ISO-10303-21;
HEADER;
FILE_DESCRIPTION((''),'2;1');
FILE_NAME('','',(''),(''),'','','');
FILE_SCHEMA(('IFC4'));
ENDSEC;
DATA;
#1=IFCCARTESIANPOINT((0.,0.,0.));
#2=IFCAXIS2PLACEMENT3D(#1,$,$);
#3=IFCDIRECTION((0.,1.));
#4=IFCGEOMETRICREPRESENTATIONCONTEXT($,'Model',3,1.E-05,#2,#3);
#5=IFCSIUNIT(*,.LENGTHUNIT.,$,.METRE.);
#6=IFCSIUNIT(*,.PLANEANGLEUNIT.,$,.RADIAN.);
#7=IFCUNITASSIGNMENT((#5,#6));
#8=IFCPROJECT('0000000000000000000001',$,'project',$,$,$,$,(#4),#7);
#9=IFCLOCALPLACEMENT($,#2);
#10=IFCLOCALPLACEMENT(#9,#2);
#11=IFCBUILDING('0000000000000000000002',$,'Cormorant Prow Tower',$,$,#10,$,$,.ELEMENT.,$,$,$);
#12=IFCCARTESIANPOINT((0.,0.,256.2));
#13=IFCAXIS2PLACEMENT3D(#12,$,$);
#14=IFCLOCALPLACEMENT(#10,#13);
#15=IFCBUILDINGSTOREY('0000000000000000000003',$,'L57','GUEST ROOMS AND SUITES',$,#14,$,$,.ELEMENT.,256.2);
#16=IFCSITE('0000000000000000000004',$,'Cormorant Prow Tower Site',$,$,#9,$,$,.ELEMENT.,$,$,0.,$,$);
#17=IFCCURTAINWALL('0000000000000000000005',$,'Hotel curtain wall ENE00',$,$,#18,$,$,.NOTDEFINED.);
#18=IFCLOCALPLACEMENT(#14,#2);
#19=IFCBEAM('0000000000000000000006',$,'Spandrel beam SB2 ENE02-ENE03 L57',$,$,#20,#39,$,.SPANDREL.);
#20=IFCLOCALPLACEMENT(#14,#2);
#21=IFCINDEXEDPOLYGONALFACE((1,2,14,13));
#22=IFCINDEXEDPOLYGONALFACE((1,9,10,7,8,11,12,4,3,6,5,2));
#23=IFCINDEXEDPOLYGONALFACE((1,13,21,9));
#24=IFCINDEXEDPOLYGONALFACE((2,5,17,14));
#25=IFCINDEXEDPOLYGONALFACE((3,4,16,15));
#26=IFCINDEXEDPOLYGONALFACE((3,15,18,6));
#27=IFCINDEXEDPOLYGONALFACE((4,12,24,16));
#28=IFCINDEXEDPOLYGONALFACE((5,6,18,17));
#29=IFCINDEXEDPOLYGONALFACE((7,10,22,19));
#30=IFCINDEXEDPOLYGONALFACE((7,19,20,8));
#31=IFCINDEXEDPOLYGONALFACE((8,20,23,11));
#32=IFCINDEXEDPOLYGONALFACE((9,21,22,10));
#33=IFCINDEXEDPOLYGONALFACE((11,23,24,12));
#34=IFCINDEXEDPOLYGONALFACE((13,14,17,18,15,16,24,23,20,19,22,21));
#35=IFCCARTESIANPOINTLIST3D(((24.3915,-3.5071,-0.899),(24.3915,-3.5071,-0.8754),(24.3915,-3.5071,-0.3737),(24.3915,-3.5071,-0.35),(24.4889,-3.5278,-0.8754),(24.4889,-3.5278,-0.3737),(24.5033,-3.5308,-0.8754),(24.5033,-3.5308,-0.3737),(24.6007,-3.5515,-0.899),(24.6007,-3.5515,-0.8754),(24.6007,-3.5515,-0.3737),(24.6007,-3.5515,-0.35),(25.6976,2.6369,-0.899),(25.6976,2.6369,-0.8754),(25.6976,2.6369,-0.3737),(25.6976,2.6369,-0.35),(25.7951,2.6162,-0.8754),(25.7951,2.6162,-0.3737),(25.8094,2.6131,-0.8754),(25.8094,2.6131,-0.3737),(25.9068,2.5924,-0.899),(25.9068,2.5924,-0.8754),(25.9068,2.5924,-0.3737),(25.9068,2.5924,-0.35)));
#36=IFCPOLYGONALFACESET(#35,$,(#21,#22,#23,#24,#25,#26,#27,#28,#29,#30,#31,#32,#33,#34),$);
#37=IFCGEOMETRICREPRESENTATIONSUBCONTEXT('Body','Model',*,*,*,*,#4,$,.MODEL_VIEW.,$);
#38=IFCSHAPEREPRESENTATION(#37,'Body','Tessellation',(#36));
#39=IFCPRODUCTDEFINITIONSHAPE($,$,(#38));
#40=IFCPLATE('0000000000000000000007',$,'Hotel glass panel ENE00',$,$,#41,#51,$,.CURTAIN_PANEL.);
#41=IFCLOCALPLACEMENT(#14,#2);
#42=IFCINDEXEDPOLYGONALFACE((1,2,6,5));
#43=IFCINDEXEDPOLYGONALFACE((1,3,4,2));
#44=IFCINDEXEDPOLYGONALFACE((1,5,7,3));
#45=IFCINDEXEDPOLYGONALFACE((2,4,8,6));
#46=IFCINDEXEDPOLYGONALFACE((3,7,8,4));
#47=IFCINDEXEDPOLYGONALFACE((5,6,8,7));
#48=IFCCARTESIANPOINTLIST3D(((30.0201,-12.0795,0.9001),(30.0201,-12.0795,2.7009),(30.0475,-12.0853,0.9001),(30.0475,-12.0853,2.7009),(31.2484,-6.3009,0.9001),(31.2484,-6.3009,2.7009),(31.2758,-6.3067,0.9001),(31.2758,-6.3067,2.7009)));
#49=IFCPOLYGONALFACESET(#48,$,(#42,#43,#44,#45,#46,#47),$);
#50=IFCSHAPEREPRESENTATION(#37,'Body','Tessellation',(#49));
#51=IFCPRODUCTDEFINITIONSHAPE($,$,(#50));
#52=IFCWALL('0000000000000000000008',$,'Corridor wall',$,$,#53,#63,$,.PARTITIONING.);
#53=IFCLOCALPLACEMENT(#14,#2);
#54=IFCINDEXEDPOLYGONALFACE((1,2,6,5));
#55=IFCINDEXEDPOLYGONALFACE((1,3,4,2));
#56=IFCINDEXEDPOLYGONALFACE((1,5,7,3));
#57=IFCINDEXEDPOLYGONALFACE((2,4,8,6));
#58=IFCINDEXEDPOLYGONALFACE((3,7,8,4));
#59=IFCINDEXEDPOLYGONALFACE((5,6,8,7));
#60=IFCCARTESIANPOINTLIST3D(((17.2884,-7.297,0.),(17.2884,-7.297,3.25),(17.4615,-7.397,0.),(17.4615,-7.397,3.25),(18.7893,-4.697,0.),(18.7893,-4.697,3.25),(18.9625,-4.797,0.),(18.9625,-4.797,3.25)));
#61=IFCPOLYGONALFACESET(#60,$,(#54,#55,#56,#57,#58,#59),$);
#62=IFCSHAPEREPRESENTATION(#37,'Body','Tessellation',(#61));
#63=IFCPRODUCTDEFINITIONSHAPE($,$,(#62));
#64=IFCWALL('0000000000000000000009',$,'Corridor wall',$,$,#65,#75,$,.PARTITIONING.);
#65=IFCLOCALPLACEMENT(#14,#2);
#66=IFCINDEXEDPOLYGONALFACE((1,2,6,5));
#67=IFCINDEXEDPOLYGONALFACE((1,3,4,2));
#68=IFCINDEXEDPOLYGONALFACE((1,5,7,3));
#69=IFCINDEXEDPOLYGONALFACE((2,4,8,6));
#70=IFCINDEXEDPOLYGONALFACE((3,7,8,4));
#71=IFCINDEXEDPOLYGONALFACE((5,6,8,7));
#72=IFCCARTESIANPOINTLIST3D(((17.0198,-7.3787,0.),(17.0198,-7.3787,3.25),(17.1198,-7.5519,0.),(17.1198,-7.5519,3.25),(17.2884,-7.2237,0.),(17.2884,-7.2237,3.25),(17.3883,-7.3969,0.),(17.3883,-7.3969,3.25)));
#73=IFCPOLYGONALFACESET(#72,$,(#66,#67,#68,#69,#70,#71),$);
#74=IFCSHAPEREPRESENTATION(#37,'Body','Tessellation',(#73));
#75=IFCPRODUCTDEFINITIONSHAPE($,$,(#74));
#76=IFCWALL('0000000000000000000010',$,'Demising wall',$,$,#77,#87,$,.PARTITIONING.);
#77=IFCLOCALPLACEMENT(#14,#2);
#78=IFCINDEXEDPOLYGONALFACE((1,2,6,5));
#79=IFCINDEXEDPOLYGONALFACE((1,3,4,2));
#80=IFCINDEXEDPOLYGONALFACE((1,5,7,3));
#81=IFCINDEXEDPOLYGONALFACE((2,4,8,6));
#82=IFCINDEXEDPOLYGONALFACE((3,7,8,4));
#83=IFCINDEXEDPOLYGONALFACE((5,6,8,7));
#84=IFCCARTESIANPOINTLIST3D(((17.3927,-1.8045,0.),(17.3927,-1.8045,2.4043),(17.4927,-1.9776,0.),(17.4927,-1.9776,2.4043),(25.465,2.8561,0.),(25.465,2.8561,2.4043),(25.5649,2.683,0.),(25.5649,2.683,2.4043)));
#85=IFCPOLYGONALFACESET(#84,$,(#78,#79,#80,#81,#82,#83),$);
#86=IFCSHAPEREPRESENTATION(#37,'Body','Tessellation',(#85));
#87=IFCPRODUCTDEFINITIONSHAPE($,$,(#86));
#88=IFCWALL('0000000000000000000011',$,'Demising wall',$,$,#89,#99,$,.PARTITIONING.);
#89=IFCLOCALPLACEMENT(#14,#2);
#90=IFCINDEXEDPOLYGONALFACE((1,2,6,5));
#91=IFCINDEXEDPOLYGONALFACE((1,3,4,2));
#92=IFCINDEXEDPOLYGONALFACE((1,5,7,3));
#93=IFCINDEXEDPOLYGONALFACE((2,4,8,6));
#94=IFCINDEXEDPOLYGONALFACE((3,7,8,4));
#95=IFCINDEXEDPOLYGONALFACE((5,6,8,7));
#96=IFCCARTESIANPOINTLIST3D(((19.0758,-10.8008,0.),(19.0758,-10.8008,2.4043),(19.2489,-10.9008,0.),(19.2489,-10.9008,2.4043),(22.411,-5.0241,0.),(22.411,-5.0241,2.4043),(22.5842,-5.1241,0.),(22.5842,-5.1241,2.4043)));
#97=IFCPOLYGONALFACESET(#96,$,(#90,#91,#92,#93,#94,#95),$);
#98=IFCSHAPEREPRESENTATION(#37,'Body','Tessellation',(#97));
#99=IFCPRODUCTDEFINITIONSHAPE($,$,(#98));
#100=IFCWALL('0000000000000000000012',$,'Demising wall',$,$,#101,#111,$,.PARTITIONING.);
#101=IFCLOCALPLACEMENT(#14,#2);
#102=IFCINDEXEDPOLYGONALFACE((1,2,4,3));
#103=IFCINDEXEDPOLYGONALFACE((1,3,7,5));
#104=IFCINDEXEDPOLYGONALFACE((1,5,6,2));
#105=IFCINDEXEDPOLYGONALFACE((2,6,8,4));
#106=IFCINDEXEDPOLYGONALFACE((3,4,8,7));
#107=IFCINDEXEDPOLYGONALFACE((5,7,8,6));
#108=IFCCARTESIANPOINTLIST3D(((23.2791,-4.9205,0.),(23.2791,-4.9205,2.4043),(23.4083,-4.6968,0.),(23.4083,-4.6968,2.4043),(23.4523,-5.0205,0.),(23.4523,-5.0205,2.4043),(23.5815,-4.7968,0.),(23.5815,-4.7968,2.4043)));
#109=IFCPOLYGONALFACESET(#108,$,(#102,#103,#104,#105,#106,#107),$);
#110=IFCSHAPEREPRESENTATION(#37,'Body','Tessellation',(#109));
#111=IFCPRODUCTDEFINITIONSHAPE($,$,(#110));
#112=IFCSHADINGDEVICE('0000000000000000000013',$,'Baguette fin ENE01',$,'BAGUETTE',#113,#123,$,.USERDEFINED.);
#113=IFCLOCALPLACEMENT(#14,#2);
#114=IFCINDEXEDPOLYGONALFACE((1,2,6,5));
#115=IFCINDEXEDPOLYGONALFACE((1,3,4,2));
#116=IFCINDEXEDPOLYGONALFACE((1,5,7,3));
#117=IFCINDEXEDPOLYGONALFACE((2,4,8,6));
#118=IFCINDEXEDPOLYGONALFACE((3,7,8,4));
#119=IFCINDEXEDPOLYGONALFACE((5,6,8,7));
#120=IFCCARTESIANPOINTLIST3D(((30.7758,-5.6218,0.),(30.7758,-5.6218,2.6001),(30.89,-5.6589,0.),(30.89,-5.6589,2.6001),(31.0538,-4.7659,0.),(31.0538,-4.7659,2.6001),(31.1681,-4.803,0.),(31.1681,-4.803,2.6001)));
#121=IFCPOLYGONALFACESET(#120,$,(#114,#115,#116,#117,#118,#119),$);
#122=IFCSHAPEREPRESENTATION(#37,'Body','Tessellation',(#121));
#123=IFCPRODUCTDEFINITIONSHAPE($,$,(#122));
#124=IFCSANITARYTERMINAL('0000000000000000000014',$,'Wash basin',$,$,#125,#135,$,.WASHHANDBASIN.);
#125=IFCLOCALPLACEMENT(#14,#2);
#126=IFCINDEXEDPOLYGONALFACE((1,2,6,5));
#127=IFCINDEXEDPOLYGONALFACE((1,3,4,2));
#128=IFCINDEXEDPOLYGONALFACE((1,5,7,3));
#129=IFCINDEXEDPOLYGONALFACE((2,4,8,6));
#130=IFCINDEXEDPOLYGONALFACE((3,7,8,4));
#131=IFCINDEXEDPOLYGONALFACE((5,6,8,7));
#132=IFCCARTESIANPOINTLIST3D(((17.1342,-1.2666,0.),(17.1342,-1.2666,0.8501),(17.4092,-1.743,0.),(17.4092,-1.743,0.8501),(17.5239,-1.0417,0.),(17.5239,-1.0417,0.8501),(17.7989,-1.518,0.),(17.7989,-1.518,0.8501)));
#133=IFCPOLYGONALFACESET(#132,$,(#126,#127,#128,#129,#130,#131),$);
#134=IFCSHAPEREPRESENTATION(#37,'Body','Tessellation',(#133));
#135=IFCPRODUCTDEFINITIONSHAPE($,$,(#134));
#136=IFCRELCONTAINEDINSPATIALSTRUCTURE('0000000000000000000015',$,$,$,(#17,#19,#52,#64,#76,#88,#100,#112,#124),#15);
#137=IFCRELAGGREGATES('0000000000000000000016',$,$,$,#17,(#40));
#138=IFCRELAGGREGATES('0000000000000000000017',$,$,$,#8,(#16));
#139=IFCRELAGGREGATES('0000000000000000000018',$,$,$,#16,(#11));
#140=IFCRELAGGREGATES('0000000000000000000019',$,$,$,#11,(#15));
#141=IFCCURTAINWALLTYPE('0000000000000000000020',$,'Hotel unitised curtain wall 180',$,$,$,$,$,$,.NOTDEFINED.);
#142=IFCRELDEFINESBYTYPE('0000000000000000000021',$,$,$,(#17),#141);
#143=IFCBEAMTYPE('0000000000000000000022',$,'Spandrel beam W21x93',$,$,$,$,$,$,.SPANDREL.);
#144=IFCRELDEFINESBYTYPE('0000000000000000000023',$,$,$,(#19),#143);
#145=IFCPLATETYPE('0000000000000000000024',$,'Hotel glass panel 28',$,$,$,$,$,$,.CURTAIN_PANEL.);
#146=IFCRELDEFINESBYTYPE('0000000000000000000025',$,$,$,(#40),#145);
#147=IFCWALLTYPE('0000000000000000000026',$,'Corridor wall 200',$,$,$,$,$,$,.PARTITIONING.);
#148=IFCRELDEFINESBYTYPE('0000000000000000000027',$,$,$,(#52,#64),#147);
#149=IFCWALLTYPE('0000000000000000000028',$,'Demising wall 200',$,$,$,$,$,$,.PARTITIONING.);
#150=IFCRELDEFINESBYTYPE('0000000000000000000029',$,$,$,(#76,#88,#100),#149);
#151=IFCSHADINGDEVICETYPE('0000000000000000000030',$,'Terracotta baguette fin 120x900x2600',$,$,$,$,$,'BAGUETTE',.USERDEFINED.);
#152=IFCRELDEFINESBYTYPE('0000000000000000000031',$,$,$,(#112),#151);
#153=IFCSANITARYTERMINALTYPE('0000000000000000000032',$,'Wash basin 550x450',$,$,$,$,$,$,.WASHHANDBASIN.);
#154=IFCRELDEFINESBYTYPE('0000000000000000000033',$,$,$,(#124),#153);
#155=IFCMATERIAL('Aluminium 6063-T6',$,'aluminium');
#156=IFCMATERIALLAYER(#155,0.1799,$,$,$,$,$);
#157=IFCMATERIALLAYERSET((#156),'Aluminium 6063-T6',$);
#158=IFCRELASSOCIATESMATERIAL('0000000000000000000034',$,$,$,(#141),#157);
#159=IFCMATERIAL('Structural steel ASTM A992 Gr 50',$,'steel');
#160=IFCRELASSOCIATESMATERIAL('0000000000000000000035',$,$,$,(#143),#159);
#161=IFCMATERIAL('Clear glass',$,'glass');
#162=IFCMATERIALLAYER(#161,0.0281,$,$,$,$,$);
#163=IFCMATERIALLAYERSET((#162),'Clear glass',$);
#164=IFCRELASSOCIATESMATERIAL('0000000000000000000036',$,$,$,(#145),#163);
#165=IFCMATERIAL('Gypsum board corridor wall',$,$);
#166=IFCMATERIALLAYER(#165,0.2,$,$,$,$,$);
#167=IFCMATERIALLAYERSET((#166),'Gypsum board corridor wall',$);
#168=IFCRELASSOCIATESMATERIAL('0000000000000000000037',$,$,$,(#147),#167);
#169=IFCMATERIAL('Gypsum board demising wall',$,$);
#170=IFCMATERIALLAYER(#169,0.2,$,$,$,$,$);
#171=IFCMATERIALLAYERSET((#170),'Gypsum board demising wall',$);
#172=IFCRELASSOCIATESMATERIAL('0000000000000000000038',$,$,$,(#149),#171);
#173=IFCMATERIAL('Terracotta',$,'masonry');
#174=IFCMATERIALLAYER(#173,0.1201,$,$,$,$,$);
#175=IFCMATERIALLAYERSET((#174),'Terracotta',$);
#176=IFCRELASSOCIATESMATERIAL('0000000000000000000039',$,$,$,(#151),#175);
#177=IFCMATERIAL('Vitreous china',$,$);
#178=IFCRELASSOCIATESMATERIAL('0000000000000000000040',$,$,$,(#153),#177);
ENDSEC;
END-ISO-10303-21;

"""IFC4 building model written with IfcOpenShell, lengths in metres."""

from ifc_helpers import new_model, si_unit, direction, frame, frame_2d, origin, origin_2d, place, context, subcontext, project, spatial, rectangle, i_section, extrude, material, layer, layer_set, material_profile, profile_set, type_object, element, aggregate, save


model = new_model("IFC4")

# Units and contexts
model_context = context("Model", 3, precision=1e-05, world=origin(), true_north=direction((0.0, 1.0)))
body_context = subcontext(model_context, "Body", "Model", "MODEL_VIEW")
ifc_project = project(units=[si_unit("LENGTHUNIT", "METRE"), si_unit("PLANEANGLEUNIT", "RADIAN")], contexts=[model_context])

# Site, building, storey
site_placement = place(None, origin())
site = spatial("IfcSite", under=ifc_project, at=site_placement, Name="Cormorant Prow Tower Site", CompositionType="ELEMENT", RefElevation=0.0)
building_placement = place(site_placement, origin())
building = spatial("IfcBuilding", under=site, at=building_placement, Name="Cormorant Prow Tower", CompositionType="ELEMENT")
storey_placement = place(building_placement, frame((0.0, 0.0, 256.2)))
storey = spatial("IfcBuildingStorey", under=building, at=storey_placement, Name="L57", Description="GUEST ROOMS AND SUITES", CompositionType="ELEMENT", Elevation=256.2)

# Curtain wall
ifc_material_1 = material(Name="Aluminium 6063-T6", Category="aluminium")
ifc_layer_1 = layer(ifc_material_1, 0.1799)
ifc_layer_set_1 = layer_set([ifc_layer_1], Name="Aluminium 6063-T6")
curtain_wall_type = type_object("IfcCurtainWallType", Name="Hotel unitised curtain wall 180", PredefinedType="NOTDEFINED", material=ifc_layer_set_1)
curtain_wall_1_placement = place(storey_placement, origin())
curtain_wall_1 = element("IfcCurtainWall", 1, at=curtain_wall_1_placement, inside=storey, type_object=curtain_wall_type, Name="Hotel curtain wall ENE00", PredefinedType="NOTDEFINED")

# Beam
ifc_material_2 = material(Name="Structural steel ASTM A992 Gr 50", Category="steel")
ifc_material_profile_1 = material_profile(ifc_material_2, i_section(OverallWidth=0.2139, OverallDepth=0.5491, WebThickness=0.0146, FlangeThickness=0.0237, at=origin_2d()), Name="W21x93")
ifc_profile_set_1 = profile_set([ifc_material_profile_1], Name="Structural steel ASTM A992 Gr 50")
beam_type_1 = type_object("IfcBeamType", Name="Spandrel beam W21x93", PredefinedType="SPANDREL", material=ifc_profile_set_1)
for number, where, z_axis, x_axis, name in (
    (2, (24.4961, -3.5293, -0.6245), (0.207941, 0.978141, 0.0), (-0.978141, 0.207941, 0.0), "Spandrel beam SB2 ENE02-ENE03 L57"),
):
    element("IfcBeam", number, at=place(storey_placement, frame(where, z_axis=z_axis, x_axis=x_axis)), inside=storey, type_object=beam_type_1, Name=name, PredefinedType="SPANDREL", context=body_context, shape_type="SweptSolid", body=[
        extrude(i_section(OverallWidth=0.2139, OverallDepth=0.5491, WebThickness=0.0146, FlangeThickness=0.0237, at=origin_2d()), origin(), (0.0, 0.0, 1.0), 6.2812),
    ])

# Plate
ifc_material_3 = material(Name="Clear glass", Category="glass")
ifc_layer_2 = layer(ifc_material_3, 0.0281)
ifc_layer_set_2 = layer_set([ifc_layer_2], Name="Clear glass")
plate_type = type_object("IfcPlateType", Name="Hotel glass panel 28", PredefinedType="CURTAIN_PANEL", material=ifc_layer_set_2)
plate_placement = place(storey_placement, frame((30.6479, -9.1931, 0.9001), z_axis=(0.0, 0.0, 1.0), x_axis=(0.207912, 0.978148, 0.0)))
plate = element("IfcPlate", 3, at=plate_placement, type_object=plate_type, Name="Hotel glass panel ENE00", PredefinedType="CURTAIN_PANEL", context=body_context, shape_type="SweptSolid", body=[
    extrude(rectangle(XDim=5.9077, YDim=0.0281, at=origin_2d()), origin(), (0.0, 0.0, 1.0), 1.8008),
])
aggregate(curtain_wall_1, [plate])

# Walls
ifc_material_4 = material(Name="Gypsum board corridor wall")
ifc_layer_3 = layer(ifc_material_4, 0.2)
ifc_layer_set_3 = layer_set([ifc_layer_3], Name="Gypsum board corridor wall")
wall_type_1 = type_object("IfcWallType", Name="Corridor wall 200", PredefinedType="PARTITIONING", material=ifc_layer_set_3)
wall_1_placement = place(storey_placement, frame((17.375, -7.3469, 0.0), z_axis=(0.0, 0.0, 1.0), x_axis=(0.499952, 0.866053, 0.0)))
element("IfcWall", 4, at=wall_1_placement, inside=storey, type_object=wall_type_1, Name="Corridor wall", PredefinedType="PARTITIONING", context=body_context, shape_type="SweptSolid", body=[
    extrude(rectangle(XDim=3.0022, YDim=0.2, at=frame_2d((1.501, 0.0))), origin(), (0.0, 0.0, 1.0), 3.25),
])
wall_2_placement = place(storey_placement, frame((17.0698, -7.4653, 0.0), z_axis=(0.0, 0.0, 1.0), x_axis=(0.866054, 0.49995, 0.0)))
element("IfcWall", 5, at=wall_2_placement, inside=storey, type_object=wall_type_1, Name="Corridor wall", PredefinedType="PARTITIONING", context=body_context, shape_type="SweptSolid", body=[
    extrude(rectangle(XDim=0.3101, YDim=0.2, at=frame_2d((0.155, 0.0))), origin(), (0.0, 0.0, 1.0), 3.25),
])
ifc_material_5 = material(Name="Gypsum board demising wall")
ifc_layer_4 = layer(ifc_material_5, 0.2)
ifc_layer_set_4 = layer_set([ifc_layer_4], Name="Gypsum board demising wall")
wall_type_2 = type_object("IfcWallType", Name="Demising wall 200", PredefinedType="PARTITIONING", material=ifc_layer_set_4)
wall_3_placement = place(storey_placement, frame((17.4426, -1.8911, 0.0), z_axis=(0.0, 0.0, 1.0), x_axis=(0.86602, 0.50001, 0.0)))
element("IfcWall", 6, at=wall_3_placement, inside=storey, type_object=wall_type_2, Name="Demising wall", PredefinedType="PARTITIONING", context=body_context, shape_type="SweptSolid", body=[
    extrude(rectangle(XDim=9.321, YDim=0.2, at=frame_2d((4.6606, 0.0))), origin(), (0.0, 0.0, 1.0), 2.4043),
])
wall_4_placement = place(storey_placement, frame((19.1624, -10.8508, 0.0), z_axis=(0.0, 0.0, 1.0), x_axis=(0.500009, 0.86602, 0.0)))
element("IfcWall", 7, at=wall_4_placement, inside=storey, type_object=wall_type_2, Name="Demising wall", PredefinedType="PARTITIONING", context=body_context, shape_type="SweptSolid", body=[
    extrude(rectangle(XDim=6.6704, YDim=0.2, at=frame_2d((3.3352, 0.0))), origin(), (0.0, 0.0, 1.0), 2.4043),
])
wall_5_placement = place(storey_placement, frame((23.3657, -4.9705, 0.0), z_axis=(0.0, 0.0, 1.0), x_axis=(0.500104, 0.865965, 0.0)))
element("IfcWall", 8, at=wall_5_placement, inside=storey, type_object=wall_type_2, Name="Demising wall", PredefinedType="PARTITIONING", context=body_context, shape_type="SweptSolid", body=[
    extrude(rectangle(XDim=0.2583, YDim=0.2, at=frame_2d((0.1292, 0.0))), origin(), (0.0, 0.0, 1.0), 2.4043),
])

# Shading device
ifc_material_6 = material(Name="Terracotta", Category="masonry")
ifc_layer_5 = layer(ifc_material_6, 0.1201)
ifc_layer_set_5 = layer_set([ifc_layer_5], Name="Terracotta")
shading_device_type = type_object("IfcShadingDeviceType", Name="Terracotta baguette fin 120x900x2600", ElementType="BAGUETTE", PredefinedType="USERDEFINED", material=ifc_layer_set_5)
shading_device_placement = place(storey_placement, frame((30.9719, -5.2124, 0.0), z_axis=(0.0, 0.0, 1.0), x_axis=(-0.951057, 0.309017, 0.0)))
element("IfcShadingDevice", 9, at=shading_device_placement, inside=storey, type_object=shading_device_type, Name="Baguette fin ENE01", ObjectType="BAGUETTE", PredefinedType="USERDEFINED", context=body_context, shape_type="SweptSolid", body=[
    extrude(rectangle(XDim=0.1201, YDim=0.8999, at=origin_2d()), origin(), (0.0, 0.0, 1.0), 2.6001),
])

# Sanitary terminal
ifc_material_7 = material(Name="Vitreous china")
sanitary_terminal_type = type_object("IfcSanitaryTerminalType", Name="Wash basin 550x450", PredefinedType="WASHHANDBASIN", material=ifc_material_7)
sanitary_terminal_placement = place(storey_placement, frame((17.4666, -1.3923, 0.0), z_axis=(0.0, 0.0, 1.0), x_axis=(-0.5, 0.866025, 0.0)))
element("IfcSanitaryTerminal", 10, at=sanitary_terminal_placement, inside=storey, type_object=sanitary_terminal_type, Name="Wash basin", PredefinedType="WASHHANDBASIN", context=body_context, shape_type="SweptSolid", body=[
    extrude(rectangle(XDim=0.55, YDim=0.45, at=origin_2d()), origin(), (0.0, 0.0, 1.0), 0.8501),
])

save(model, "model.ifc")
